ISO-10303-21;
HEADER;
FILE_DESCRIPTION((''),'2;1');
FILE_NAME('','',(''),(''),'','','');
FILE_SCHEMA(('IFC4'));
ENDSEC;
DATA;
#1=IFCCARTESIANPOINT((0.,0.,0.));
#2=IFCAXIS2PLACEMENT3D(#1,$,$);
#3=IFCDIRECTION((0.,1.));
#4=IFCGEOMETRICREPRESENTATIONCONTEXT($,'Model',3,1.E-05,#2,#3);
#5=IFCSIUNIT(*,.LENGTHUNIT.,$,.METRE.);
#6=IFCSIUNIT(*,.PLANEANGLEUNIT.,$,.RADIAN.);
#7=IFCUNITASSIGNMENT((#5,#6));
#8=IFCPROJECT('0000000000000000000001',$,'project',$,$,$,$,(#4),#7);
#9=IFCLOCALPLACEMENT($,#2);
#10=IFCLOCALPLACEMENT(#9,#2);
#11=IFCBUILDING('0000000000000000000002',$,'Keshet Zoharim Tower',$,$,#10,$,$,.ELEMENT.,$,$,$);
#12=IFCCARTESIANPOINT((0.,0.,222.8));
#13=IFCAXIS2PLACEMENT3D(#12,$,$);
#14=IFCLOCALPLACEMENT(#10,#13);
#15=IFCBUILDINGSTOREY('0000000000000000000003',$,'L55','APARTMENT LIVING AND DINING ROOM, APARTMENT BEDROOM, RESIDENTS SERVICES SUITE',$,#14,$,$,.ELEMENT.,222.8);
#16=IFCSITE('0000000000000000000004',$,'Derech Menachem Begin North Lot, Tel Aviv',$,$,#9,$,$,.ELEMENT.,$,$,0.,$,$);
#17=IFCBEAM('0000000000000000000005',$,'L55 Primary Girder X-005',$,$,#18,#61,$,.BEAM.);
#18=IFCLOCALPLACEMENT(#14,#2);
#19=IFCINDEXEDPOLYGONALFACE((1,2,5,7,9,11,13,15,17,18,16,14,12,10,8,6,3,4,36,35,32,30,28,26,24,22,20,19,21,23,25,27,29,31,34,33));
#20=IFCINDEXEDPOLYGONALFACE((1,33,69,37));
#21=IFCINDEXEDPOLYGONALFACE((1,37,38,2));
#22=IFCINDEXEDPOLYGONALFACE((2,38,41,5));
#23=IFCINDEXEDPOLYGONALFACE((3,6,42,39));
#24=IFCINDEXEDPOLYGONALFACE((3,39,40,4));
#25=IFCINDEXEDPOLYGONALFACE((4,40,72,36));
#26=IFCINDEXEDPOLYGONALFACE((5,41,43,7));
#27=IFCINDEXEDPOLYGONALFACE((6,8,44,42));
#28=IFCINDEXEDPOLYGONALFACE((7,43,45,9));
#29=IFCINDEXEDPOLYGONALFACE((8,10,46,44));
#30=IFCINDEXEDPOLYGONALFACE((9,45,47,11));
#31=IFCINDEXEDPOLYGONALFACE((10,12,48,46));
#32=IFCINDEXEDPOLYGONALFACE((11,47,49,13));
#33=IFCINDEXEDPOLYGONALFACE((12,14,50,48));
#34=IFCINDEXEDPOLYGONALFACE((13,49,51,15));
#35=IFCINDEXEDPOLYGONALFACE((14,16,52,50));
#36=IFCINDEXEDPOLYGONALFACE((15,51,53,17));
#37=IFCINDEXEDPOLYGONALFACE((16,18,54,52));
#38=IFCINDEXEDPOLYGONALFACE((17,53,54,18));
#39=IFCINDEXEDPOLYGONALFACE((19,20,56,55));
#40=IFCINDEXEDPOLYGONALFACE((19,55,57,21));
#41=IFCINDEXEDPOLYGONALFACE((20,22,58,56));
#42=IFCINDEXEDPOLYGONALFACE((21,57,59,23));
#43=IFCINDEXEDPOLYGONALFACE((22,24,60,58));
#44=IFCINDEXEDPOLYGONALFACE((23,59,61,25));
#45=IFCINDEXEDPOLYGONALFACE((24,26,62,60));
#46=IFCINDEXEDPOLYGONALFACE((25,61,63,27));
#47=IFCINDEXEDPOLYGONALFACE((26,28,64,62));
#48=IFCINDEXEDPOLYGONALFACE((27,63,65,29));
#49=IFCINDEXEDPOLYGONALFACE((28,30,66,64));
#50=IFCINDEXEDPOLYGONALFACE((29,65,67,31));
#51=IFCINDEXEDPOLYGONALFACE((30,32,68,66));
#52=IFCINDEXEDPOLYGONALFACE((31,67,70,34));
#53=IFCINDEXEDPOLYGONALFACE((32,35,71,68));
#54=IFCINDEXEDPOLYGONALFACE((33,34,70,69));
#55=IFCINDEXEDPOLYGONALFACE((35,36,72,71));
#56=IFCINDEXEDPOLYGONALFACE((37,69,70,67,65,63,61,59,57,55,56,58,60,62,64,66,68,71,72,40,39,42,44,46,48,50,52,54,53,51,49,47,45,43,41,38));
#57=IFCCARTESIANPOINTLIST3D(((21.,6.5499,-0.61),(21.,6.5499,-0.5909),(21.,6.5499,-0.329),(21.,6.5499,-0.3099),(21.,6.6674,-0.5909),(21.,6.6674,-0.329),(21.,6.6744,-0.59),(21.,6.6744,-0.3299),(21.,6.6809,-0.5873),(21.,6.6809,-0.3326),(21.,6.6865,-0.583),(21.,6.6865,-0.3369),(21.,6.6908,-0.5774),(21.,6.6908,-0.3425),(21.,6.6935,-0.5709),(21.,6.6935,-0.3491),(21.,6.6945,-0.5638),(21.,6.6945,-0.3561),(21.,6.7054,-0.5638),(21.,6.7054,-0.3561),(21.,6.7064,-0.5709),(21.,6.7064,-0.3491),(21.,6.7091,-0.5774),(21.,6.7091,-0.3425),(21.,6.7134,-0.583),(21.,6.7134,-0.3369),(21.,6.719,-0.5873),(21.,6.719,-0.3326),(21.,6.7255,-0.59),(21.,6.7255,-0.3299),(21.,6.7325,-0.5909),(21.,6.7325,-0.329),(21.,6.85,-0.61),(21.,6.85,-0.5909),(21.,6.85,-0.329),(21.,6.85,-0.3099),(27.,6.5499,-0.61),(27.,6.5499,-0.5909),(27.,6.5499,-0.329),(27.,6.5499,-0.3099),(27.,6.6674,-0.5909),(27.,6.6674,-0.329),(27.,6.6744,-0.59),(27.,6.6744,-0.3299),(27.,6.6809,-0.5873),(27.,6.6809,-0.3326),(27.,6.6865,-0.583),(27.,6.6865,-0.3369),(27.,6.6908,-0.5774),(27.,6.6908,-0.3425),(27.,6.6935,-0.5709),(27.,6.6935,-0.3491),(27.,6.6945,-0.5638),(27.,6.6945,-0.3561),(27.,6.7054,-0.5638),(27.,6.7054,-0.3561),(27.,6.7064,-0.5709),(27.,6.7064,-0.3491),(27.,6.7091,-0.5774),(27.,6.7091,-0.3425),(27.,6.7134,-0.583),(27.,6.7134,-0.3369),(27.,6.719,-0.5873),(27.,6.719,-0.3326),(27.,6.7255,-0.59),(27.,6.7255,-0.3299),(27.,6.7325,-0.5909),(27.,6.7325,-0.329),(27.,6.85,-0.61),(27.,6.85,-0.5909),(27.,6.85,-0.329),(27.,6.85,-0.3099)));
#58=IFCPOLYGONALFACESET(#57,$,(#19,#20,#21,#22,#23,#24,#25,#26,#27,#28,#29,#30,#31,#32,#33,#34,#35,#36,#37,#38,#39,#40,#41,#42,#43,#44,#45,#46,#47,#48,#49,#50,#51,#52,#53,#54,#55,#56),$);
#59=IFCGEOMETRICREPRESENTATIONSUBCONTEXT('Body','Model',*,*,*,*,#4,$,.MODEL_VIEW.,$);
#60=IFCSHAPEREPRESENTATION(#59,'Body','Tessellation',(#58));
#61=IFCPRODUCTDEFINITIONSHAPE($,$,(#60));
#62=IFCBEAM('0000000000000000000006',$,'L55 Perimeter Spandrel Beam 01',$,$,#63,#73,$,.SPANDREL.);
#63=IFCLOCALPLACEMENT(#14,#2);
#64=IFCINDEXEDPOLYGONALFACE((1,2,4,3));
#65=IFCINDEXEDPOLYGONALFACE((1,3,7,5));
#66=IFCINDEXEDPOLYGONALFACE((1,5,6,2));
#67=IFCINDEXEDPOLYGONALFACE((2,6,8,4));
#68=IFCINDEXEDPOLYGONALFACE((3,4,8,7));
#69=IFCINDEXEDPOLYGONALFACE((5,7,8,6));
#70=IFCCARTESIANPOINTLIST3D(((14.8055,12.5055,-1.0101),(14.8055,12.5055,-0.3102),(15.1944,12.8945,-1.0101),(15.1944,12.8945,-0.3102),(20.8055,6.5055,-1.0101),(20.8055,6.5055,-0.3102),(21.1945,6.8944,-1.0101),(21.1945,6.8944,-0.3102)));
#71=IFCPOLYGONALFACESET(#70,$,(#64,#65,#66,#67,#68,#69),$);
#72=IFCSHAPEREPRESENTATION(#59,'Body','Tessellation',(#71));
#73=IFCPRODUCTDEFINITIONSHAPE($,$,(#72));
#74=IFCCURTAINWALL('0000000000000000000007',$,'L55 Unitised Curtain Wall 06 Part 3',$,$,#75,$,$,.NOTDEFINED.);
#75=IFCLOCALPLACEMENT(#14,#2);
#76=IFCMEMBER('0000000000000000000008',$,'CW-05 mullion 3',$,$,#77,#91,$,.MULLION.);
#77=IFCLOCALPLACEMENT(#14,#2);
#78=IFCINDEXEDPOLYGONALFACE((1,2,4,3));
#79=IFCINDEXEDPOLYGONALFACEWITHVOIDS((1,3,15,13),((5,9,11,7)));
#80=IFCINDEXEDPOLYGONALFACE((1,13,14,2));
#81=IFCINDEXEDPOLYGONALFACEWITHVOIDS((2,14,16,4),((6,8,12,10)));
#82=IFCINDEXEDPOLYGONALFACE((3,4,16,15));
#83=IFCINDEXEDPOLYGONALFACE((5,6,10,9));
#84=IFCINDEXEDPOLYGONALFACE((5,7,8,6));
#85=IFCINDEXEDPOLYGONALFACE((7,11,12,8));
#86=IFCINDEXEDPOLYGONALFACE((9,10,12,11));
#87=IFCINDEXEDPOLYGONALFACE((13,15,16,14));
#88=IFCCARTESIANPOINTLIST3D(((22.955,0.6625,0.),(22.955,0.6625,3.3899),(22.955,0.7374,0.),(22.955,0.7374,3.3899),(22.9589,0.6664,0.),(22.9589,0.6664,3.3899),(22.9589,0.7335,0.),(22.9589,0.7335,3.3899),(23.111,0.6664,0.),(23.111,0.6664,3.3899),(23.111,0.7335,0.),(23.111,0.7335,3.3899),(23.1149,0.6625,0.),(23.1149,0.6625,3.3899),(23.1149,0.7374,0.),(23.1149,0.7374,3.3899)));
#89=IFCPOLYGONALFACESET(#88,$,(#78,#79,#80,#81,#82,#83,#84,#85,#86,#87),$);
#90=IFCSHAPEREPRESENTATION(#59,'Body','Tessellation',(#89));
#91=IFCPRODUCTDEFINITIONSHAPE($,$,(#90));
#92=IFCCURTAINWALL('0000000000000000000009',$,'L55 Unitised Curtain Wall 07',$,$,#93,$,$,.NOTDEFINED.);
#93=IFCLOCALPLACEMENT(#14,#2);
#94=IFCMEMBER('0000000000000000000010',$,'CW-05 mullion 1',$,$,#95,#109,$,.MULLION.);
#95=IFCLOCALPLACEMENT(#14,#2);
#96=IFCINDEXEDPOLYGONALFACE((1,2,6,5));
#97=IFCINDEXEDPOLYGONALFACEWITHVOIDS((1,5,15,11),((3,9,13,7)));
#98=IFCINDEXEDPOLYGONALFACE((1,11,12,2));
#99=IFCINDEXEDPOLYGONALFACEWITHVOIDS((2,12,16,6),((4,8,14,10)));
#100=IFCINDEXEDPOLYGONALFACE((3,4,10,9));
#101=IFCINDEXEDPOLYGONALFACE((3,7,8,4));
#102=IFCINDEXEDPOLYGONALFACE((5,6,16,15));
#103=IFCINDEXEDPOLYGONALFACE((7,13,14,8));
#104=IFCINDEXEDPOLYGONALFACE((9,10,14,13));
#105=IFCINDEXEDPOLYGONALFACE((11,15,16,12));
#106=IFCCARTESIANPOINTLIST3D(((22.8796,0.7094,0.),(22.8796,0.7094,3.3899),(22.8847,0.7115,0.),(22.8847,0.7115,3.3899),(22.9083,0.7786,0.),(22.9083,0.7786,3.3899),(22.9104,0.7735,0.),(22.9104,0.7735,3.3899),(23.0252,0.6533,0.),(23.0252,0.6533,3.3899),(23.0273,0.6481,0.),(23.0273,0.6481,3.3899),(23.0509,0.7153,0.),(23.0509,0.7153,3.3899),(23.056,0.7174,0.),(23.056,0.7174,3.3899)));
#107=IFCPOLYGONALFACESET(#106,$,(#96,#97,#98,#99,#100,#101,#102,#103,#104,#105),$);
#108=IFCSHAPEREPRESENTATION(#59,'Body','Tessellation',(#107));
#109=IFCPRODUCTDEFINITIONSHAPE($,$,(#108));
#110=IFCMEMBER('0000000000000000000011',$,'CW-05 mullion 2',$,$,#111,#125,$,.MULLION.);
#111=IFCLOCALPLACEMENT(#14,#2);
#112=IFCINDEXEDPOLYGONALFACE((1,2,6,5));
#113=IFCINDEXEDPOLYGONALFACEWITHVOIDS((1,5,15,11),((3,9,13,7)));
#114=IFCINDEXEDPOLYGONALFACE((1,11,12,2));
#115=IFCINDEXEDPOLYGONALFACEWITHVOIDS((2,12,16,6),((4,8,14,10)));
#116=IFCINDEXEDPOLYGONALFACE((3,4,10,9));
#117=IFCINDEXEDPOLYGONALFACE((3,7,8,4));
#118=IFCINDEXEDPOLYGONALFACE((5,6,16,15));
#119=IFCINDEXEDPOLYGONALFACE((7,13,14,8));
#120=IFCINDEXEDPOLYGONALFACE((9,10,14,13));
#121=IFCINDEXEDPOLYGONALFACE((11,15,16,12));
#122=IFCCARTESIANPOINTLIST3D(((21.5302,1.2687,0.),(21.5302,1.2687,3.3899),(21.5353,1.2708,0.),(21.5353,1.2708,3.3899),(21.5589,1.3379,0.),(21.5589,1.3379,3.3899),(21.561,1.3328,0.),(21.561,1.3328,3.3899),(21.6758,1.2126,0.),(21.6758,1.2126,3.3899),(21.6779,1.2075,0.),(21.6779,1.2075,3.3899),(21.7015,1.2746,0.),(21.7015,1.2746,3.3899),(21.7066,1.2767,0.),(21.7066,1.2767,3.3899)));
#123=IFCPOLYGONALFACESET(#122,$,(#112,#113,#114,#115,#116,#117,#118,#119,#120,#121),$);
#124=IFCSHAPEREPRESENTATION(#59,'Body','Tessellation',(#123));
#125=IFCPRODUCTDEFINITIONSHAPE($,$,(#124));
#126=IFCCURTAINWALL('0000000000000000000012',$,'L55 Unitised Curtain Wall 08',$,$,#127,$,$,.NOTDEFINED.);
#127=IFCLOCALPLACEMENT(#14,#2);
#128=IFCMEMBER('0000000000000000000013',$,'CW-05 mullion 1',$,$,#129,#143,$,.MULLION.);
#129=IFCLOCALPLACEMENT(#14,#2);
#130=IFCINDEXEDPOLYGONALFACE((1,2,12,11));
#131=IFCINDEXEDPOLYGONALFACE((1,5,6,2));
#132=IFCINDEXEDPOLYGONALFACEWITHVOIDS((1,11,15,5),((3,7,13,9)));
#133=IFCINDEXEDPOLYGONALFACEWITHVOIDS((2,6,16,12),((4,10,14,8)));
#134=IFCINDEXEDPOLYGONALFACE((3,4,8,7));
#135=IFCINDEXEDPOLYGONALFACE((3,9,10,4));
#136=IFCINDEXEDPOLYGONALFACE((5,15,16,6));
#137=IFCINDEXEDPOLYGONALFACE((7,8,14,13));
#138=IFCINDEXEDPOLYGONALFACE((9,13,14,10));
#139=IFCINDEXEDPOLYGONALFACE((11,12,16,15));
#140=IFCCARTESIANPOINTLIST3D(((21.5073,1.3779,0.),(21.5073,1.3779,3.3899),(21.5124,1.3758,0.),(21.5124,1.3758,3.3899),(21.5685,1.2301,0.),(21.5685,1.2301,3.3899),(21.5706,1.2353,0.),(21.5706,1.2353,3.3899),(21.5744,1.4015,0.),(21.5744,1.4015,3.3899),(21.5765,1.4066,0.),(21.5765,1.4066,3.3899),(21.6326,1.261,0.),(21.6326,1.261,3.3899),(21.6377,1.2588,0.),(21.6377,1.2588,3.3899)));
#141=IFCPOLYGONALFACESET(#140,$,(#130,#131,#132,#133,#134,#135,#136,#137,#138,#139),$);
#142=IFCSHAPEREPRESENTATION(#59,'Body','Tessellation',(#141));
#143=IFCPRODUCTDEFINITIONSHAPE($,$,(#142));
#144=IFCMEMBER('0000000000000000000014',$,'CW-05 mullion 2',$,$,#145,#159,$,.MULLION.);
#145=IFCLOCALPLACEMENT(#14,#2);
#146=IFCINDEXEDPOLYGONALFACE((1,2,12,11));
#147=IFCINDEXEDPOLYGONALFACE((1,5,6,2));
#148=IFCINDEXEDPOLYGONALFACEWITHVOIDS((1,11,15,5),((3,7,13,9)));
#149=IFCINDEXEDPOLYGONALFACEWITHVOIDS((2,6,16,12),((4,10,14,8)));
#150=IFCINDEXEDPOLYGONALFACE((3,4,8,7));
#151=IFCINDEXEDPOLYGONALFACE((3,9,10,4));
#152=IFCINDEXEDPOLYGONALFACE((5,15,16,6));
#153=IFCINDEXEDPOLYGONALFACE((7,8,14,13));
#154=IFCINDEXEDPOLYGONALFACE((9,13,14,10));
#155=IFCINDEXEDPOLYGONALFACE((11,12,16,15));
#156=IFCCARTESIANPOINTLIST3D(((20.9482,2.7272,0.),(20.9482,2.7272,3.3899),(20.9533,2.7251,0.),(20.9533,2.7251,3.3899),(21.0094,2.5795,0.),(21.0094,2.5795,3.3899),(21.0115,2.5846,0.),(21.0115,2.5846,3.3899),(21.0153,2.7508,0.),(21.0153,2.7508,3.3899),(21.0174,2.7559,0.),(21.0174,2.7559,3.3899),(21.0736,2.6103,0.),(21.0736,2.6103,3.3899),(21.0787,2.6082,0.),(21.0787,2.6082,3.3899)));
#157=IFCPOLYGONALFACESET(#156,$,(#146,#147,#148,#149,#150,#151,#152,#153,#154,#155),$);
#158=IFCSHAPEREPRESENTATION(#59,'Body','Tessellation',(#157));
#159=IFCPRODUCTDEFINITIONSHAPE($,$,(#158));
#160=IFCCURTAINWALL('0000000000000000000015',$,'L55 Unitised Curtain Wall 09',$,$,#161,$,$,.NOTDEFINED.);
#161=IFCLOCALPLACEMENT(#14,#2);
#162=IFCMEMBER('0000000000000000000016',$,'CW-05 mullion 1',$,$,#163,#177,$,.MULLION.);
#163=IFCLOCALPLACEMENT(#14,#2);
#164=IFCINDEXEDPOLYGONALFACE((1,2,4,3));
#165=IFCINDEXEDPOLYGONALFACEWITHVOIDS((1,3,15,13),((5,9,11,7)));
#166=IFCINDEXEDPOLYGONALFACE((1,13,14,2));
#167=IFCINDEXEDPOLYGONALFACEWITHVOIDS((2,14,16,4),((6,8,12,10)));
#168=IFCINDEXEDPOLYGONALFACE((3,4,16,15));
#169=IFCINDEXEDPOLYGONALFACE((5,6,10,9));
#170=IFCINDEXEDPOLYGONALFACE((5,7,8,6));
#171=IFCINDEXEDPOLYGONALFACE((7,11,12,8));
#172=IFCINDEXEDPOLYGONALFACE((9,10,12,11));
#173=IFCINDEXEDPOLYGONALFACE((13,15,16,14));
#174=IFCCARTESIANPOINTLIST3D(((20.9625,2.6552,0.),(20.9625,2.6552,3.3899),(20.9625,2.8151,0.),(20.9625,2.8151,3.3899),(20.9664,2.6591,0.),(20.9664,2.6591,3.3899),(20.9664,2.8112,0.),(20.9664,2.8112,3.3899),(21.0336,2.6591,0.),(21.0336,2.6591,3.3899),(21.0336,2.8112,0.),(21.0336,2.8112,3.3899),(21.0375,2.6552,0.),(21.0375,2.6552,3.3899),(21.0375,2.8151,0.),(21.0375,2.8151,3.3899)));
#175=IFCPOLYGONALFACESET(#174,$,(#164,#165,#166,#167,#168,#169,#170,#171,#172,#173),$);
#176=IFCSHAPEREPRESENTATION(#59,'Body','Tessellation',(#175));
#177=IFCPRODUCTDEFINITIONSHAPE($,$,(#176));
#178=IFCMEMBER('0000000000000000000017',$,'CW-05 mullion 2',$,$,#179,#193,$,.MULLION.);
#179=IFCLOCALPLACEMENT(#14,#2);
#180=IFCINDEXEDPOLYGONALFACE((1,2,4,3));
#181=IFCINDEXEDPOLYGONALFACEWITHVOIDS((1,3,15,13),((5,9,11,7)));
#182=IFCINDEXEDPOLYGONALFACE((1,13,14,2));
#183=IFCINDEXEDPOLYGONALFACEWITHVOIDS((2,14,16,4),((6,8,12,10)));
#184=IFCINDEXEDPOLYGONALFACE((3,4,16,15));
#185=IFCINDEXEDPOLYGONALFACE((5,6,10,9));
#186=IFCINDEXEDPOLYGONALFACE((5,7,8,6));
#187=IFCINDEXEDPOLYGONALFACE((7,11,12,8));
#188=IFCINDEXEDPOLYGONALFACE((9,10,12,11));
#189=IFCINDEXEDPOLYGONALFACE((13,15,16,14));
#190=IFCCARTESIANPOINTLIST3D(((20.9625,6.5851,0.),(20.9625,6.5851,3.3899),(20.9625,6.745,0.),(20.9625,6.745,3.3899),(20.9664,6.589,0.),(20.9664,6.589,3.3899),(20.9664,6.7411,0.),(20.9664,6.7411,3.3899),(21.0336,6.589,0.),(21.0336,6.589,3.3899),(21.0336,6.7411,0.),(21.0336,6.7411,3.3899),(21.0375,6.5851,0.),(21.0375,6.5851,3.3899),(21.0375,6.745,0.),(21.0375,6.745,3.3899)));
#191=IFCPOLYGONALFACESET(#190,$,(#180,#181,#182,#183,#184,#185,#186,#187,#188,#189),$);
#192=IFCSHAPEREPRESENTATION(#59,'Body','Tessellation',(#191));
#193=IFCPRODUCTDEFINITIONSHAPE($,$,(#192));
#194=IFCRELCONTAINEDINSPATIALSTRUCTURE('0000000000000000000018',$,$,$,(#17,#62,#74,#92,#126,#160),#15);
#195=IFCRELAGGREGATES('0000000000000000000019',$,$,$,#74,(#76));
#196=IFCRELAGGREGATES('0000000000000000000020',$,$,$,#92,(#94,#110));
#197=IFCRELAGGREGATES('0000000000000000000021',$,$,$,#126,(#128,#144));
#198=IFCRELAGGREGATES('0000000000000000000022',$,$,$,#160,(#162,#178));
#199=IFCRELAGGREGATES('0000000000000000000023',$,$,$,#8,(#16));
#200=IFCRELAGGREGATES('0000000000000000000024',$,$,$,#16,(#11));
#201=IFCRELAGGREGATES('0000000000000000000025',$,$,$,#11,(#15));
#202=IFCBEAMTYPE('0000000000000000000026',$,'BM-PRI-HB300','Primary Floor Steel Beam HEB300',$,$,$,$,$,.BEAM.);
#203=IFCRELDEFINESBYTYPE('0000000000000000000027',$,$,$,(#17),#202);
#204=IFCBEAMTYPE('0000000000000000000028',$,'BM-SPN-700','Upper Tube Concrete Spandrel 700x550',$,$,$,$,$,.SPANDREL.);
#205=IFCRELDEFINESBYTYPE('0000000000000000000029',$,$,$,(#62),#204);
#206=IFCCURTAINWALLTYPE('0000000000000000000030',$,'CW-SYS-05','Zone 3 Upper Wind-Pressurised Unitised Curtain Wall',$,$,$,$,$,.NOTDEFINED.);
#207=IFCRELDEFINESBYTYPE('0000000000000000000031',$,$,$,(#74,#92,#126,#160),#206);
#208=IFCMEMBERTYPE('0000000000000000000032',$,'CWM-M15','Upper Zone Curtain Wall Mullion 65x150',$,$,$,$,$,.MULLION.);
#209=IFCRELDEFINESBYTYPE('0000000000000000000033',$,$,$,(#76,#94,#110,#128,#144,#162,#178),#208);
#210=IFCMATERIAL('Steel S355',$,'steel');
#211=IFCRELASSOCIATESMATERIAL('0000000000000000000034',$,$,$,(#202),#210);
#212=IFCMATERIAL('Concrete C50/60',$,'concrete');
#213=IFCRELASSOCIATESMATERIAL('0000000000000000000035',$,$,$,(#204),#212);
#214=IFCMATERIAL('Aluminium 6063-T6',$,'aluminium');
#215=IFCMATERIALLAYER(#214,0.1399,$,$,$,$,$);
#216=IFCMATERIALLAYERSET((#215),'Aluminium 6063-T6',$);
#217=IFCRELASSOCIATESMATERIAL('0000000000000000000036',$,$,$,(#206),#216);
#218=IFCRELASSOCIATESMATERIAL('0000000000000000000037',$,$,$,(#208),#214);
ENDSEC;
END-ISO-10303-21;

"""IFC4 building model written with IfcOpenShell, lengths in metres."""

from ifc_helpers import new_model, si_unit, direction, frame, origin, origin_2d, place, context, subcontext, project, spatial, rectangle, hollow_rectangle, i_section, extrude, material, layer, layer_set, material_profile, profile_set, type_object, element, aggregate, save


model = new_model("IFC4")

# Units and contexts
model_context = context("Model", 3, precision=1e-05, world=origin(), true_north=direction((0.0, 1.0)))
body_context = subcontext(model_context, "Body", "Model", "MODEL_VIEW")
ifc_project = project(units=[si_unit("LENGTHUNIT", "METRE"), si_unit("PLANEANGLEUNIT", "RADIAN")], contexts=[model_context])

# Site, building, storey
site_placement = place(None, origin())
site = spatial("IfcSite", under=ifc_project, at=site_placement, Name="Derech Menachem Begin North Lot, Tel Aviv", CompositionType="ELEMENT", RefElevation=0.0)
building_placement = place(site_placement, origin())
building = spatial("IfcBuilding", under=site, at=building_placement, Name="Keshet Zoharim Tower", CompositionType="ELEMENT")
storey_placement = place(building_placement, frame((0.0, 0.0, 222.8)))
storey = spatial("IfcBuildingStorey", under=building, at=storey_placement, Name="L55", Description="APARTMENT LIVING AND DINING ROOM, APARTMENT BEDROOM, RESIDENTS SERVICES SUITE", CompositionType="ELEMENT", Elevation=222.8)

# Shared definitions
ifc_material_1 = material(Name="Steel S355", Category="steel")
ifc_material_2 = material(Name="Concrete C50/60", Category="concrete")

# Beams
ifc_material_profile_1 = material_profile(ifc_material_1, i_section(OverallWidth=0.3, OverallDepth=0.3, WebThickness=0.011, FlangeThickness=0.019, FilletRadius=0.0271, at=origin_2d()), Name="HEB300")
ifc_profile_set_1 = profile_set([ifc_material_profile_1], Name="Steel S355")
beam_type_1 = type_object("IfcBeamType", Name="BM-PRI-HB300", Description="Primary Floor Steel Beam HEB300", PredefinedType="BEAM", material=ifc_profile_set_1)
for number, where, z_axis, x_axis, name in (
    (1, (21.0, 6.7, -0.46), (1.0, 0.0, 0.0), (0.0, 1.0, 0.0), "L55 Primary Girder X-005"),
):
    element("IfcBeam", number, at=place(storey_placement, frame(where, z_axis=z_axis, x_axis=x_axis)), inside=storey, type_object=beam_type_1, Name=name, PredefinedType="BEAM", context=body_context, shape_type="SweptSolid", body=[
        extrude(i_section(OverallWidth=0.3, OverallDepth=0.3, WebThickness=0.011, FlangeThickness=0.019, FilletRadius=0.0271, at=origin_2d()), origin(), (0.0, 0.0, 1.0), 6.0),
    ])
ifc_material_profile_2 = material_profile(ifc_material_2, rectangle(XDim=0.55, YDim=0.7, at=origin_2d()), Name="RC700x550")
ifc_profile_set_2 = profile_set([ifc_material_profile_2], Name="Concrete C50/60")
beam_type_2 = type_object("IfcBeamType", Name="BM-SPN-700", Description="Upper Tube Concrete Spandrel 700x550", PredefinedType="SPANDREL", material=ifc_profile_set_2)
beam_placement = place(storey_placement, frame((21.0, 6.7, -0.6602), z_axis=(-0.707107, 0.707107, 0.0), x_axis=(-0.707107, -0.707107, 0.0)))
element("IfcBeam", 2, at=beam_placement, inside=storey, type_object=beam_type_2, Name="L55 Perimeter Spandrel Beam 01", PredefinedType="SPANDREL", context=body_context, shape_type="SweptSolid", body=[
    extrude(rectangle(XDim=0.55, YDim=0.7, at=origin_2d()), origin(), (0.0, 0.0, 1.0), 8.4854),
])

# Curtain wall, member
ifc_material_3 = material(Name="Aluminium 6063-T6", Category="aluminium")
ifc_layer_1 = layer(ifc_material_3, 0.1399)
ifc_layer_set_1 = layer_set([ifc_layer_1], Name="Aluminium 6063-T6")
curtain_wall_type = type_object("IfcCurtainWallType", Name="CW-SYS-05", Description="Zone 3 Upper Wind-Pressurised Unitised Curtain Wall", PredefinedType="NOTDEFINED", material=ifc_layer_set_1)
curtain_wall_1_placement = place(storey_placement, origin())
curtain_wall_1 = element("IfcCurtainWall", 3, at=curtain_wall_1_placement, inside=storey, type_object=curtain_wall_type, Name="L55 Unitised Curtain Wall 06 Part 3", PredefinedType="NOTDEFINED")
ifc_material_profile_3 = material_profile(ifc_material_3, hollow_rectangle(XDim=0.075, YDim=0.1599, WallThickness=0.0039, at=origin_2d()), Name="MUL-75x160")
ifc_profile_set_3 = profile_set([ifc_material_profile_3], Name="Aluminium 6063-T6")
member_type_1 = type_object("IfcMemberType", Name="CWM-M15", Description="Upper Zone Curtain Wall Mullion 65x150", PredefinedType="MULLION", material=ifc_profile_set_3)
member_1_placement = place(storey_placement, frame((23.0349, 0.7, 0.0), z_axis=(0.0, 0.0, 1.0), x_axis=(0.0, -1.0, 0.0)))
member_1 = element("IfcMember", 4, at=member_1_placement, type_object=member_type_1, Name="CW-05 mullion 3", PredefinedType="MULLION", context=body_context, shape_type="SweptSolid", body=[
    extrude(hollow_rectangle(XDim=0.075, YDim=0.1599, WallThickness=0.0039, at=origin_2d()), origin(), (0.0, 0.0, 1.0), 3.3899),
])
aggregate(curtain_wall_1, [member_1])

# Curtain walls, members
curtain_wall_2_placement = place(storey_placement, origin())
curtain_wall_2 = element("IfcCurtainWall", 5, at=curtain_wall_2_placement, inside=storey, type_object=curtain_wall_type, Name="L55 Unitised Curtain Wall 07", PredefinedType="NOTDEFINED")
member_2_placement = place(storey_placement, frame((22.9678, 0.7134, 0.0), z_axis=(0.0, 0.0, 1.0), x_axis=(-0.382852, -0.92381, 0.0)))
member_2 = element("IfcMember", 6, at=member_2_placement, type_object=member_type_1, Name="CW-05 mullion 1", PredefinedType="MULLION", context=body_context, shape_type="SweptSolid", body=[
    extrude(hollow_rectangle(XDim=0.075, YDim=0.1599, WallThickness=0.0039, at=origin_2d()), origin(), (0.0, 0.0, 1.0), 3.3899),
])
member_3_placement = place(storey_placement, frame((21.6184, 1.2727, 0.0), z_axis=(0.0, 0.0, 1.0), x_axis=(-0.382852, -0.92381, 0.0)))
member_3 = element("IfcMember", 7, at=member_3_placement, type_object=member_type_1, Name="CW-05 mullion 2", PredefinedType="MULLION", context=body_context, shape_type="SweptSolid", body=[
    extrude(hollow_rectangle(XDim=0.075, YDim=0.1599, WallThickness=0.0039, at=origin_2d()), origin(), (0.0, 0.0, 1.0), 3.3899),
])
curtain_wall_3_placement = place(storey_placement, origin())
curtain_wall_3 = element("IfcCurtainWall", 8, at=curtain_wall_3_placement, inside=storey, type_object=curtain_wall_type, Name="L55 Unitised Curtain Wall 08", PredefinedType="NOTDEFINED")
member_4_placement = place(storey_placement, frame((21.5725, 1.3184, 0.0), z_axis=(0.0, 0.0, 1.0), x_axis=(-0.92381, -0.382852, 0.0)))
member_4 = element("IfcMember", 9, at=member_4_placement, type_object=member_type_1, Name="CW-05 mullion 1", PredefinedType="MULLION", context=body_context, shape_type="SweptSolid", body=[
    extrude(hollow_rectangle(XDim=0.075, YDim=0.1599, WallThickness=0.0039, at=origin_2d()), origin(), (0.0, 0.0, 1.0), 3.3899),
])
member_5_placement = place(storey_placement, frame((21.0134, 2.6677, 0.0), z_axis=(0.0, 0.0, 1.0), x_axis=(-0.92381, -0.382852, 0.0)))
member_5 = element("IfcMember", 10, at=member_5_placement, type_object=member_type_1, Name="CW-05 mullion 2", PredefinedType="MULLION", context=body_context, shape_type="SweptSolid", body=[
    extrude(hollow_rectangle(XDim=0.075, YDim=0.1599, WallThickness=0.0039, at=origin_2d()), origin(), (0.0, 0.0, 1.0), 3.3899),
])
curtain_wall_4_placement = place(storey_placement, origin())
curtain_wall_4 = element("IfcCurtainWall", 11, at=curtain_wall_4_placement, inside=storey, type_object=curtain_wall_type, Name="L55 Unitised Curtain Wall 09", PredefinedType="NOTDEFINED")
member_6_placement = place(storey_placement, frame((21.0, 2.7351, 0.0), z_axis=(0.0, 0.0, 1.0), x_axis=(-1.0, 0.0, 0.0)))
member_6 = element("IfcMember", 12, at=member_6_placement, type_object=member_type_1, Name="CW-05 mullion 1", PredefinedType="MULLION", context=body_context, shape_type="SweptSolid", body=[
    extrude(hollow_rectangle(XDim=0.075, YDim=0.1599, WallThickness=0.0039, at=origin_2d()), origin(), (0.0, 0.0, 1.0), 3.3899),
])
member_7_placement = place(storey_placement, frame((21.0, 6.665, 0.0), z_axis=(0.0, 0.0, 1.0), x_axis=(-1.0, 0.0, 0.0)))
member_7 = element("IfcMember", 13, at=member_7_placement, type_object=member_type_1, Name="CW-05 mullion 2", PredefinedType="MULLION", context=body_context, shape_type="SweptSolid", body=[
    extrude(hollow_rectangle(XDim=0.075, YDim=0.1599, WallThickness=0.0039, at=origin_2d()), origin(), (0.0, 0.0, 1.0), 3.3899),
])

aggregate(curtain_wall_2, [member_2, member_3])
aggregate(curtain_wall_3, [member_4, member_5])
aggregate(curtain_wall_4, [member_6, member_7])

save(model, "model.ifc")
